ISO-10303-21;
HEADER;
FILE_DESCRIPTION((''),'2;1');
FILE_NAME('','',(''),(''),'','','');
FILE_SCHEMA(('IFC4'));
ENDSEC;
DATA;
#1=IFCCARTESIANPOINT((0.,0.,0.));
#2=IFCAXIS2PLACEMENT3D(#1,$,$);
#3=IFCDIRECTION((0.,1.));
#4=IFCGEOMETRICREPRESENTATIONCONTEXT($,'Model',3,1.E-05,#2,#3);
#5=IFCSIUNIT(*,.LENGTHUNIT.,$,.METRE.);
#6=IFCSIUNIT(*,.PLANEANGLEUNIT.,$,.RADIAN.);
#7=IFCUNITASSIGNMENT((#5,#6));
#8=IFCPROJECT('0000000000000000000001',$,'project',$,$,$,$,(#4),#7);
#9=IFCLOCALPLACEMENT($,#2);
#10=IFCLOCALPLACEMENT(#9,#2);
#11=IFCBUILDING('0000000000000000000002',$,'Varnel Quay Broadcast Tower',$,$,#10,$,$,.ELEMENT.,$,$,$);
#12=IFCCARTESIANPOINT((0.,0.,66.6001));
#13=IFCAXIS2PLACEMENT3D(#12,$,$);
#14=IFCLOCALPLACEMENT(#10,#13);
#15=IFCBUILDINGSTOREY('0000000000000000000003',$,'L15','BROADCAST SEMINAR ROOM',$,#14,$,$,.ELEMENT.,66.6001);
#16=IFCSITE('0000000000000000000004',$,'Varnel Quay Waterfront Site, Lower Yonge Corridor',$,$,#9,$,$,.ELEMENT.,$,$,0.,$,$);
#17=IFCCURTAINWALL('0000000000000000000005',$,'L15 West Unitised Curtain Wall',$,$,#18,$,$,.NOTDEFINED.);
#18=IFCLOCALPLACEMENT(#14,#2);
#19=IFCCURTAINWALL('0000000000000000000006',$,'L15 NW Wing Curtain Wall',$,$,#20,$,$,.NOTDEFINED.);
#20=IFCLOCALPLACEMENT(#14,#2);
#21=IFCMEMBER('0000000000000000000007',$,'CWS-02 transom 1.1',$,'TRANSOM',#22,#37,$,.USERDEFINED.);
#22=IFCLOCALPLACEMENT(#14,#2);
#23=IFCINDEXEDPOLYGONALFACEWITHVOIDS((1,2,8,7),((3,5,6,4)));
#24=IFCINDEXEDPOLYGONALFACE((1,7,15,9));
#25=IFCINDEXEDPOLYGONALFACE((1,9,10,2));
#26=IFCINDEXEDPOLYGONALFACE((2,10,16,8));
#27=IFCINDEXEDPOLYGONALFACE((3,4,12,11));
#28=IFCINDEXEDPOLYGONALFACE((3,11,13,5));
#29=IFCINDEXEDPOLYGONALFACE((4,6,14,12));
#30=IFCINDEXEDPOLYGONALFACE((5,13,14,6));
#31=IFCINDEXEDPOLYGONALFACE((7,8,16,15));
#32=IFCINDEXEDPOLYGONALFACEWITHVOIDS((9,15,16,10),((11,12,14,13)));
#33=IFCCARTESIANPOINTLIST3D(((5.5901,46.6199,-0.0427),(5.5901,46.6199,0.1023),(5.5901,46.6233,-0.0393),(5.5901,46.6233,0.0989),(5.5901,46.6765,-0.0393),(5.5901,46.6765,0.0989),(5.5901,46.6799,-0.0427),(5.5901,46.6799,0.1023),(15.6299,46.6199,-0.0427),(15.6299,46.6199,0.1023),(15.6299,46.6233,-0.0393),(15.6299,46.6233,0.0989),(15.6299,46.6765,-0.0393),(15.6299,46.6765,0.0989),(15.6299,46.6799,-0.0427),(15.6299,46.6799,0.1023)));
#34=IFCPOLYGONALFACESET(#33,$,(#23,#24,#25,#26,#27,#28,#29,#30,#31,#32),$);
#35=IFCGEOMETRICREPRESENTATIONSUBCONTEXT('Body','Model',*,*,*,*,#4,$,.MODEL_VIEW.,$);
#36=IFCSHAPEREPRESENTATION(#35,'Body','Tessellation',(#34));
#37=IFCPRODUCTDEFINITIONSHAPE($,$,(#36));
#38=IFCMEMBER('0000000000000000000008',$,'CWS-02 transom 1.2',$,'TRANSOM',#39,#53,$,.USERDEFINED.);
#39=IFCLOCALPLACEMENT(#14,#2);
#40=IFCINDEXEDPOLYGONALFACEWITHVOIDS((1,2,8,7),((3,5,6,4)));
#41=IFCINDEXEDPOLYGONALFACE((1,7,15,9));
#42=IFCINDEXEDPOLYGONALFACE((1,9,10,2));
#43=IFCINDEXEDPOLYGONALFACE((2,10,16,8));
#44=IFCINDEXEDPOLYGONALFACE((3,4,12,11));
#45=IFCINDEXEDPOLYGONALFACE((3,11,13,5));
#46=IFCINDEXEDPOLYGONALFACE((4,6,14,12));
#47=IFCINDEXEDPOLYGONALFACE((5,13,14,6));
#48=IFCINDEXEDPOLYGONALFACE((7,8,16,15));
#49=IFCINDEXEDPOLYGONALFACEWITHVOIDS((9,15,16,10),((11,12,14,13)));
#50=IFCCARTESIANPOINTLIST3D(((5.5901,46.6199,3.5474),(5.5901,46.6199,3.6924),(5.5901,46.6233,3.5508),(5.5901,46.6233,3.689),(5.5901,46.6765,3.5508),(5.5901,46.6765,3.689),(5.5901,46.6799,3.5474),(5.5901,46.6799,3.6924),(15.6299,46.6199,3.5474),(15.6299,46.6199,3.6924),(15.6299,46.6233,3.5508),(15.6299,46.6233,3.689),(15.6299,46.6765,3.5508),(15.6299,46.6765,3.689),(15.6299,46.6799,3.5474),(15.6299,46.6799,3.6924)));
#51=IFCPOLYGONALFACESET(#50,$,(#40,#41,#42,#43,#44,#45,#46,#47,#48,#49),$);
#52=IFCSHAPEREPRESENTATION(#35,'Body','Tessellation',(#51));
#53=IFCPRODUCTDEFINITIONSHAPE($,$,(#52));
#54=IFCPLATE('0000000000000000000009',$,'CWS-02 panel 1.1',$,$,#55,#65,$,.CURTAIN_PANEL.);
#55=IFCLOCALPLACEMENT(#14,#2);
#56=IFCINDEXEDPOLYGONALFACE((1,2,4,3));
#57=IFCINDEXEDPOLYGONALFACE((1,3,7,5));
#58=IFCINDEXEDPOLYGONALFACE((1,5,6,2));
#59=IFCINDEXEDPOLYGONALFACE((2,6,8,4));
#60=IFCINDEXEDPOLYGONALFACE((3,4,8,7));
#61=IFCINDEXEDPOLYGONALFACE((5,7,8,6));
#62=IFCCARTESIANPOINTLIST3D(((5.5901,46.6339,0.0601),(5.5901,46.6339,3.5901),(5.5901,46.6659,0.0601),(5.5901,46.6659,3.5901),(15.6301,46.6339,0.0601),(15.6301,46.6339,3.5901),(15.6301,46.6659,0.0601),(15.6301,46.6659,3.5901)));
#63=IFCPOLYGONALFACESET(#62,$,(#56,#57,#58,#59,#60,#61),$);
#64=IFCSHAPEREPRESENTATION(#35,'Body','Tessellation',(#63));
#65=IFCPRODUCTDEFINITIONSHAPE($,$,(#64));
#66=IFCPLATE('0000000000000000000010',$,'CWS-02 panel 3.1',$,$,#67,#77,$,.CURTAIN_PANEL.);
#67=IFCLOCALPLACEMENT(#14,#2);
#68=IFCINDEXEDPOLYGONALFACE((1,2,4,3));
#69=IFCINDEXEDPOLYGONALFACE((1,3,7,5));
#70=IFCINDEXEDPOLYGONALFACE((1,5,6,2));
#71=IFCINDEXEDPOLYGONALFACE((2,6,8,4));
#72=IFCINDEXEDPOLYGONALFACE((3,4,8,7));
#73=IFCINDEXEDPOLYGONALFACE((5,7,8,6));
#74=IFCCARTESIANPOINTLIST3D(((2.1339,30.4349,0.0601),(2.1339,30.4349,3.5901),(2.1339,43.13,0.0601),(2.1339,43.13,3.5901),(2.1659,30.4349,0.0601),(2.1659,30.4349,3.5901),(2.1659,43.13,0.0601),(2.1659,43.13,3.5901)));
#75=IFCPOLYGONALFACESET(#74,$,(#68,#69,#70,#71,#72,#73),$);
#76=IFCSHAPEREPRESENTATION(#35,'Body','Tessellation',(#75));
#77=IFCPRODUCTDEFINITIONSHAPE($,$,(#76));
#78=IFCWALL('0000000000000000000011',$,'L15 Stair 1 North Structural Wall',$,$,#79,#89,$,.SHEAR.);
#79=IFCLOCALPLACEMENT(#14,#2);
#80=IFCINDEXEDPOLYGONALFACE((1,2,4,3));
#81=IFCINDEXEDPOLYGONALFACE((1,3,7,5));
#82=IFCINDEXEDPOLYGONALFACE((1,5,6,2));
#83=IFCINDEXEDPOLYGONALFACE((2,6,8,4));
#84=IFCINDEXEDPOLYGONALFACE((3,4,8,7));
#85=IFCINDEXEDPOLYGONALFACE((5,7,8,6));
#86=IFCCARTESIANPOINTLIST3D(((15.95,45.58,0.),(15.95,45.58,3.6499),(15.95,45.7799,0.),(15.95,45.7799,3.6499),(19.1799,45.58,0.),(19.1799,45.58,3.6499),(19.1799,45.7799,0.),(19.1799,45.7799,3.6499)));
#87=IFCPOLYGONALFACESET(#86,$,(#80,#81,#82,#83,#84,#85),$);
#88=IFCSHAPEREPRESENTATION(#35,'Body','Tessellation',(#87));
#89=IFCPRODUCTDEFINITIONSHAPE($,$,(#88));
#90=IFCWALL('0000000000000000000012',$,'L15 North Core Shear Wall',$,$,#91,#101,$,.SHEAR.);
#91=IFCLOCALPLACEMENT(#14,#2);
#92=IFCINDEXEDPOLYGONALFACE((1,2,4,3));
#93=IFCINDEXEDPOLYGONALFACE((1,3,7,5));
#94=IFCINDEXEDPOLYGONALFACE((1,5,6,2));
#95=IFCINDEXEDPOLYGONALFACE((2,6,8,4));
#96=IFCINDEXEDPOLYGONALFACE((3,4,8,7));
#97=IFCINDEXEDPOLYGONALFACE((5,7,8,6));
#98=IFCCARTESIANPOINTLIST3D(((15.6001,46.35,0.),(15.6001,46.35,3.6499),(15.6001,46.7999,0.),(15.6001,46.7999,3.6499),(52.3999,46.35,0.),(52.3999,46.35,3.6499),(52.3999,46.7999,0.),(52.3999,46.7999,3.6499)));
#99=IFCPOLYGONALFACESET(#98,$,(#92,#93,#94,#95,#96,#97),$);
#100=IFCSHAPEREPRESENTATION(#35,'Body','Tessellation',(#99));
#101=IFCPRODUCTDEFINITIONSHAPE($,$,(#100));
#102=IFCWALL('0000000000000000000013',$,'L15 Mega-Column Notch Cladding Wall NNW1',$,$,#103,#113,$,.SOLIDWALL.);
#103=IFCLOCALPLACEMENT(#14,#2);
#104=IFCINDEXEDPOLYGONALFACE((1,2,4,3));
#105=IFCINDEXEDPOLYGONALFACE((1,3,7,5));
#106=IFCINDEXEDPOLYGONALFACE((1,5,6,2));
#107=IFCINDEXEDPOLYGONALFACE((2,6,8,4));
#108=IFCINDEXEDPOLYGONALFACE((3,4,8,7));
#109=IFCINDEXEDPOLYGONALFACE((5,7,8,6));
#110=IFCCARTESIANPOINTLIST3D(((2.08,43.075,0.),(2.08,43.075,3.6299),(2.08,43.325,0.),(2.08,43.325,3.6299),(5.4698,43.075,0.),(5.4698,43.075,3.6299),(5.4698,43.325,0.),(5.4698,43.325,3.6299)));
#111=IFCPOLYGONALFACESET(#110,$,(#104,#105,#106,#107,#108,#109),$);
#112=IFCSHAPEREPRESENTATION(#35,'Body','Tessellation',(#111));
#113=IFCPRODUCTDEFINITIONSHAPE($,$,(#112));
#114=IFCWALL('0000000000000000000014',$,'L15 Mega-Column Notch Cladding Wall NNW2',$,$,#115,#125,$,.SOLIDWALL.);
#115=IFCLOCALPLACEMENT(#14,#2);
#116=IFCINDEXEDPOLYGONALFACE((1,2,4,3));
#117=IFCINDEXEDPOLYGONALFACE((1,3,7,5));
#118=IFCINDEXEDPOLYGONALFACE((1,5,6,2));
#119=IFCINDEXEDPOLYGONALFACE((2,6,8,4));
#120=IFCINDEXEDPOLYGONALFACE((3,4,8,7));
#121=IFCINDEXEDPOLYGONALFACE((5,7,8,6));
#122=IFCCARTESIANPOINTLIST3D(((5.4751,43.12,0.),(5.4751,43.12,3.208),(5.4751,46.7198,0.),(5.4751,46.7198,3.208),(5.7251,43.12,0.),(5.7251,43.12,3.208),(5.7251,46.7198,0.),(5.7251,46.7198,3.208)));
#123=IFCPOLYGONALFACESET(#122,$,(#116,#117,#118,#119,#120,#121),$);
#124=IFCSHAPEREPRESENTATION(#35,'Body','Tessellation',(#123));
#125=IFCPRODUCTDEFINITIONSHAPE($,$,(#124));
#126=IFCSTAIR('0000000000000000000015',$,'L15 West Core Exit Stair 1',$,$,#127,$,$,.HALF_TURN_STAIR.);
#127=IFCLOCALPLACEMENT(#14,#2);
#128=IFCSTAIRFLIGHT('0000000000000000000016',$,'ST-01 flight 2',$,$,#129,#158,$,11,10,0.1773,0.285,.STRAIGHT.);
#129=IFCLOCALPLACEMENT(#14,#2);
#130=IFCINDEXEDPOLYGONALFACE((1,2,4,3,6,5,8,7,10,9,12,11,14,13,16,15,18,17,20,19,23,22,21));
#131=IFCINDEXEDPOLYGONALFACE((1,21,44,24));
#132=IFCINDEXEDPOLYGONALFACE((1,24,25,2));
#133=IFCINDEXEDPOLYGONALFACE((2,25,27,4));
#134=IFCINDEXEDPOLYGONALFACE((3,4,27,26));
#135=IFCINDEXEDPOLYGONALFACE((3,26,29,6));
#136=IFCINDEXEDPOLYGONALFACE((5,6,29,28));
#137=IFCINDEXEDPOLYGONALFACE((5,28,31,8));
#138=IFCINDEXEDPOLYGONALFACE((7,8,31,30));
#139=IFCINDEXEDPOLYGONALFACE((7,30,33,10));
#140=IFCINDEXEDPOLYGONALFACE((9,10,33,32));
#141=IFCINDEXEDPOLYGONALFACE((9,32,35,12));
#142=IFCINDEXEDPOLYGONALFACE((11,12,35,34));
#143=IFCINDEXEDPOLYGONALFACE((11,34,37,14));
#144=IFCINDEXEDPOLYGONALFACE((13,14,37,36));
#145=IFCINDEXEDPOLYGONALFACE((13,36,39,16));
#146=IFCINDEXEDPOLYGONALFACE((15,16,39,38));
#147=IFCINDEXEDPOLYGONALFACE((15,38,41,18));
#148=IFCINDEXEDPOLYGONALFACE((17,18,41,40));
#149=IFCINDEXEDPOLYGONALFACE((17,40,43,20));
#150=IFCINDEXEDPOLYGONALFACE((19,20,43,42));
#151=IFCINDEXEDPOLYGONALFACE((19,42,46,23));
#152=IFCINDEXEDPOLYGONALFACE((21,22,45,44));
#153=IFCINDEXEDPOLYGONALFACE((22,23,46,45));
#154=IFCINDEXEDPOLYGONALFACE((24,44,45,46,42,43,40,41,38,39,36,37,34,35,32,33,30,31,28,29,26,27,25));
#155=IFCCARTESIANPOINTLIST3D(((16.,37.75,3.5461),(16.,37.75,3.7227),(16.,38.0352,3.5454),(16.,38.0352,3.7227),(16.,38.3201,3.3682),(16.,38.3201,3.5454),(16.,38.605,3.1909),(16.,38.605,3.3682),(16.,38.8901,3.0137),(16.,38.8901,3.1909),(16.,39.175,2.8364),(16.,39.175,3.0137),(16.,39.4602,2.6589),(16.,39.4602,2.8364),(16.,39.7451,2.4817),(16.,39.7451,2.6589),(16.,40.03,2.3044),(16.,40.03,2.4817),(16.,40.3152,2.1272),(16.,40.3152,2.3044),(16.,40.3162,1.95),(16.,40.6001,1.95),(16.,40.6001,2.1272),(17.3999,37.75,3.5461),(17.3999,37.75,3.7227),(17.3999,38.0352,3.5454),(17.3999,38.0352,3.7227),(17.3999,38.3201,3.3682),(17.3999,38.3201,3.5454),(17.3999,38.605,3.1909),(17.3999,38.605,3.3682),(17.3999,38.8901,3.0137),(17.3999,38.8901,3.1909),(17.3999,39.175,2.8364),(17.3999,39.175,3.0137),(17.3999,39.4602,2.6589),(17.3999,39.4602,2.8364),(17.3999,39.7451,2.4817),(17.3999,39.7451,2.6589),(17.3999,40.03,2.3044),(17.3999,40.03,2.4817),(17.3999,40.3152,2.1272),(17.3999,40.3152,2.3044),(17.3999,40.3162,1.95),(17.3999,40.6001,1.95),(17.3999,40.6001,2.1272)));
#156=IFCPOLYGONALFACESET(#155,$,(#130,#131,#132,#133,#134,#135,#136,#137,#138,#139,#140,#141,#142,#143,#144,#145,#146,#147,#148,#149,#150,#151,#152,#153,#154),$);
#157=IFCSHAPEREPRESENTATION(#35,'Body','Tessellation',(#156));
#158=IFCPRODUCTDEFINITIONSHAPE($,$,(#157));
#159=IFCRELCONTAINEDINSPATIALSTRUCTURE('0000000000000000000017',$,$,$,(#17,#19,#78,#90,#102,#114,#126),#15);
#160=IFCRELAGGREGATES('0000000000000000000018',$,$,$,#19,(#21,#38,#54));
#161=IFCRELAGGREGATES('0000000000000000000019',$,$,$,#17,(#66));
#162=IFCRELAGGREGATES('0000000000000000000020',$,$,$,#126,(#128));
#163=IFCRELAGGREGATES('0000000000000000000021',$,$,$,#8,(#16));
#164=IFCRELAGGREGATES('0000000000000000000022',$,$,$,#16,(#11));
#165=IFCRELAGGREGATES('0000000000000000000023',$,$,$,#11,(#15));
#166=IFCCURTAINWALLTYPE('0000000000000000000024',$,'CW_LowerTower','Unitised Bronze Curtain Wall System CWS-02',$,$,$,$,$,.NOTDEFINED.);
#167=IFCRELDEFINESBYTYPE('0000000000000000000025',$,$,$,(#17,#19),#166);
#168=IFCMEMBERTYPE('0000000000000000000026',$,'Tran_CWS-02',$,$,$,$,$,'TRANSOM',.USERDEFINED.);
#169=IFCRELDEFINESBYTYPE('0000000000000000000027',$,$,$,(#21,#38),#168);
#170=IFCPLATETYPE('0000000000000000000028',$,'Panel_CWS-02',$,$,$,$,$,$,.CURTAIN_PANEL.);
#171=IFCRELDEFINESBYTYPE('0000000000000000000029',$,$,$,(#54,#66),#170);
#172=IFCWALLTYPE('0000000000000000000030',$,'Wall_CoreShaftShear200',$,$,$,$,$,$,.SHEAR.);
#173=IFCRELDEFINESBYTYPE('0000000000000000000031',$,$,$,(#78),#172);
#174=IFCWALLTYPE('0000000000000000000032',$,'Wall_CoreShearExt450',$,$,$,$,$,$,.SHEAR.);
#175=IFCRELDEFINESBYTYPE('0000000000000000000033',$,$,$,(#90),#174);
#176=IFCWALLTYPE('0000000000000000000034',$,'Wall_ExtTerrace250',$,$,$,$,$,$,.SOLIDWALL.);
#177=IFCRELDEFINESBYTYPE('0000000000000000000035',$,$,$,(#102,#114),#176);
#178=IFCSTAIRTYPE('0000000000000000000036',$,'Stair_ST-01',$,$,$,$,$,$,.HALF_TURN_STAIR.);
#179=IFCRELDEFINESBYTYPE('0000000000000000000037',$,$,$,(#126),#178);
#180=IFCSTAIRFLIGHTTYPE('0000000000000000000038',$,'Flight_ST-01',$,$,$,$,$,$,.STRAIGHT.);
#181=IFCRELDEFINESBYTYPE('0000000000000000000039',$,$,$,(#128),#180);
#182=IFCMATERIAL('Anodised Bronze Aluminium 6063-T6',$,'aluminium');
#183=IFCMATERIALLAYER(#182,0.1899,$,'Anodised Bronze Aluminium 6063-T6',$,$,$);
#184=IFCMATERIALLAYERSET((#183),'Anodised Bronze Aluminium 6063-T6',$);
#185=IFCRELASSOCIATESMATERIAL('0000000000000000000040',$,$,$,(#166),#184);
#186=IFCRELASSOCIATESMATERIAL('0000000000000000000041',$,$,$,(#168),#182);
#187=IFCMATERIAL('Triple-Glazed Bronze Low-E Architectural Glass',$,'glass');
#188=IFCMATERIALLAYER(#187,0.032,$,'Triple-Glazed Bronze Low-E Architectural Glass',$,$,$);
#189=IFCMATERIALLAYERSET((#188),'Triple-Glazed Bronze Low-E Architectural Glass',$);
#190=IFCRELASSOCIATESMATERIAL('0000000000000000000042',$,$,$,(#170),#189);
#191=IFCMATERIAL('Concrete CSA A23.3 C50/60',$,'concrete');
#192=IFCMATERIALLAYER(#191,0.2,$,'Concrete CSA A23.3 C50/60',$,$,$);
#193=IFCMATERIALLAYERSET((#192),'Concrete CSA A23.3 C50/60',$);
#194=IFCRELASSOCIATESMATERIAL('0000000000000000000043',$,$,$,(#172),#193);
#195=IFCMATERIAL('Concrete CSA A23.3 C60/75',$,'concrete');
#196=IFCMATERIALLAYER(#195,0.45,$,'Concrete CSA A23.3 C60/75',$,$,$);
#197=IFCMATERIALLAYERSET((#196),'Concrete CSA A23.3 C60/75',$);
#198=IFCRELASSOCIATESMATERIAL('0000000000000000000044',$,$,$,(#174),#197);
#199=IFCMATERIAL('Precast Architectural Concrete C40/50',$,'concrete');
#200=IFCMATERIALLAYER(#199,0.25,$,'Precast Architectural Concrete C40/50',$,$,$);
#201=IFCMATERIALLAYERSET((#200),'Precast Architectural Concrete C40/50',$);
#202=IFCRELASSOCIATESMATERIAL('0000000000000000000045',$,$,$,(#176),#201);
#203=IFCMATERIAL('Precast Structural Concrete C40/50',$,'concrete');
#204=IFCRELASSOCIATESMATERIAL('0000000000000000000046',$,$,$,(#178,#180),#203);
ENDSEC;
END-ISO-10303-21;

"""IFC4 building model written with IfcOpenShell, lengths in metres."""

from ifc_helpers import new_model, si_unit, direction, frame, frame_2d, origin, origin_2d, place, context, subcontext, project, spatial, polyline, rectangle, hollow_rectangle, outline, extrude, source, transform, mapped, material, layer, layer_set, material_profile, profile_set, type_object, type_shapes, element, aggregate, save


model = new_model("IFC4")

# Units and contexts
model_context = context("Model", 3, precision=1e-05, world=origin(), true_north=direction((0.0, 1.0)))
body_context = subcontext(model_context, "Body", "Model", "MODEL_VIEW")
ifc_project = project(units=[si_unit("LENGTHUNIT", "METRE"), si_unit("PLANEANGLEUNIT", "RADIAN")], contexts=[model_context])

# Site, building, storey
site_placement = place(None, origin())
site = spatial("IfcSite", under=ifc_project, at=site_placement, Name="Varnel Quay Waterfront Site, Lower Yonge Corridor", CompositionType="ELEMENT", RefElevation=0.0)
building_placement = place(site_placement, origin())
building = spatial("IfcBuilding", under=site, at=building_placement, Name="Varnel Quay Broadcast Tower", CompositionType="ELEMENT")
storey_placement = place(building_placement, frame((0.0, 0.0, 66.6001)))
storey = spatial("IfcBuildingStorey", under=building, at=storey_placement, Name="L15", Description="BROADCAST SEMINAR ROOM", CompositionType="ELEMENT", Elevation=66.6001)

# Curtain wall
ifc_material_1 = material(Name="Anodised Bronze Aluminium 6063-T6", Category="aluminium")
ifc_layer_1 = layer(ifc_material_1, 0.1899, Name="Anodised Bronze Aluminium 6063-T6")
ifc_layer_set_1 = layer_set([ifc_layer_1], Name="Anodised Bronze Aluminium 6063-T6")
curtain_wall_type = type_object("IfcCurtainWallType", Name="CW_LowerTower", Description="Unitised Bronze Curtain Wall System CWS-02", PredefinedType="NOTDEFINED", material=ifc_layer_set_1)
curtain_wall_1_placement = place(storey_placement, origin())
curtain_wall_1 = element("IfcCurtainWall", 1, at=curtain_wall_1_placement, inside=storey, type_object=curtain_wall_type, Name="L15 West Unitised Curtain Wall", PredefinedType="NOTDEFINED")

# Curtain wall, members, plate
curtain_wall_2_placement = place(storey_placement, origin())
curtain_wall_2 = element("IfcCurtainWall", 2, at=curtain_wall_2_placement, inside=storey, type_object=curtain_wall_type, Name="L15 NW Wing Curtain Wall", PredefinedType="NOTDEFINED")
ifc_material_profile_1 = material_profile(ifc_material_1, hollow_rectangle(XDim=0.0601, YDim=0.145, WallThickness=0.0034, at=origin_2d()), Name="ALU60X145X3.5")
ifc_profile_set_1 = profile_set([ifc_material_profile_1], Name="Anodised Bronze Aluminium 6063-T6")
member_type_1 = type_object("IfcMemberType", Name="Tran_CWS-02", ElementType="TRANSOM", PredefinedType="USERDEFINED", material=ifc_profile_set_1)
shared_shape_1 = source(origin(), body_context, "Body", "SweptSolid", [
    extrude(hollow_rectangle(XDim=0.0601, YDim=0.145, WallThickness=0.0034, at=origin_2d()), origin(), (0.0, 0.0, 1.0), 10.0398),
])
type_shapes(member_type_1, [shared_shape_1])
member_1_placement = place(storey_placement, frame((5.5901, 46.6499, 0.0298), z_axis=(1.0, 0.0, 0.0), x_axis=(0.0, 1.0, 0.0)))
member_1 = element("IfcMember", 3, at=member_1_placement, type_object=member_type_1, Name="CWS-02 transom 1.1", ObjectType="TRANSOM", PredefinedType="USERDEFINED", context=body_context, shape_type="MappedRepresentation", body=[
    mapped(shared_shape_1, transform((0.0, 0.0, 0.0), x_axis=(1.0, 0.0, 0.0), y_axis=(0.0, 1.0, 0.0), z_axis=(0.0, 0.0, 1.0), scale=1.0)),
])
member_2_placement = place(storey_placement, frame((5.5901, 46.6499, 3.6199), z_axis=(1.0, 0.0, 0.0), x_axis=(0.0, 1.0, 0.0)))
member_2 = element("IfcMember", 4, at=member_2_placement, type_object=member_type_1, Name="CWS-02 transom 1.2", ObjectType="TRANSOM", PredefinedType="USERDEFINED", context=body_context, shape_type="MappedRepresentation", body=[
    mapped(shared_shape_1, transform((0.0, 0.0, 0.0), x_axis=(1.0, 0.0, 0.0), y_axis=(0.0, 1.0, 0.0), z_axis=(0.0, 0.0, 1.0), scale=1.0)),
])
ifc_material_2 = material(Name="Triple-Glazed Bronze Low-E Architectural Glass", Category="glass")
ifc_layer_2 = layer(ifc_material_2, 0.032, Name="Triple-Glazed Bronze Low-E Architectural Glass")
ifc_layer_set_2 = layer_set([ifc_layer_2], Name="Triple-Glazed Bronze Low-E Architectural Glass")
plate_type = type_object("IfcPlateType", Name="Panel_CWS-02", PredefinedType="CURTAIN_PANEL", material=ifc_layer_set_2)
shared_shape_2 = source(origin(), body_context, "Body", "SweptSolid", [
    extrude(rectangle(XDim=10.04, YDim=0.032, at=origin_2d()), origin(), (0.0, 0.0, 1.0), 3.53),
])
plate_1_placement = place(storey_placement, frame((10.6101, 46.6499, 0.0601), z_axis=(0.0, 0.0, 1.0), x_axis=(1.0, 0.0, 0.0)))
plate_1 = element("IfcPlate", 5, at=plate_1_placement, type_object=plate_type, Name="CWS-02 panel 1.1", PredefinedType="CURTAIN_PANEL", context=body_context, shape_type="MappedRepresentation", body=[
    mapped(shared_shape_2, transform((0.0, 0.0, 0.0), x_axis=(1.0, 0.0, 0.0), y_axis=(0.0, 1.0, 0.0), z_axis=(0.0, 0.0, 1.0), scale=1.0)),
])
aggregate(curtain_wall_2, [member_1, member_2, plate_1])

# Plate
shared_shape_3 = source(origin(), body_context, "Body", "SweptSolid", [
    extrude(rectangle(XDim=12.6951, YDim=0.032, at=origin_2d()), origin(), (0.0, 0.0, 1.0), 3.53),
])
type_shapes(plate_type, [shared_shape_2, shared_shape_3])
plate_2_placement = place(storey_placement, frame((2.1499, 36.7825, 0.0601), z_axis=(0.0, 0.0, 1.0), x_axis=(0.0, 1.0, 0.0)))
plate_2 = element("IfcPlate", 6, at=plate_2_placement, type_object=plate_type, Name="CWS-02 panel 3.1", PredefinedType="CURTAIN_PANEL", context=body_context, shape_type="MappedRepresentation", body=[
    mapped(shared_shape_3, transform((0.0, 0.0, 0.0), x_axis=(1.0, 0.0, 0.0), y_axis=(0.0, 1.0, 0.0), z_axis=(0.0, 0.0, 1.0), scale=1.0)),
])
aggregate(curtain_wall_1, [plate_2])

# Walls
ifc_material_3 = material(Name="Concrete CSA A23.3 C50/60", Category="concrete")
ifc_layer_3 = layer(ifc_material_3, 0.2, Name="Concrete CSA A23.3 C50/60")
ifc_layer_set_3 = layer_set([ifc_layer_3], Name="Concrete CSA A23.3 C50/60")
wall_type_1 = type_object("IfcWallType", Name="Wall_CoreShaftShear200", PredefinedType="SHEAR", material=ifc_layer_set_3)
wall_1_placement = place(storey_placement, frame((15.95, 45.6799, 0.0), z_axis=(0.0, 0.0, 1.0), x_axis=(1.0, 0.0, 0.0)))
element("IfcWall", 7, at=wall_1_placement, inside=storey, type_object=wall_type_1, Name="L15 Stair 1 North Structural Wall", PredefinedType="SHEAR", context=body_context, shape_type="SweptSolid", body=[
    extrude(rectangle(XDim=3.23, YDim=0.2, at=frame_2d((1.615, 0.0))), origin(), (0.0, 0.0, 1.0), 3.6499),
])
ifc_material_4 = material(Name="Concrete CSA A23.3 C60/75", Category="concrete")
ifc_layer_4 = layer(ifc_material_4, 0.45, Name="Concrete CSA A23.3 C60/75")
ifc_layer_set_4 = layer_set([ifc_layer_4], Name="Concrete CSA A23.3 C60/75")
wall_type_2 = type_object("IfcWallType", Name="Wall_CoreShearExt450", PredefinedType="SHEAR", material=ifc_layer_set_4)
wall_2_placement = place(storey_placement, frame((15.6001, 46.575, 0.0), z_axis=(0.0, 0.0, 1.0), x_axis=(1.0, 0.0, 0.0)))
element("IfcWall", 8, at=wall_2_placement, inside=storey, type_object=wall_type_2, Name="L15 North Core Shear Wall", PredefinedType="SHEAR", context=body_context, shape_type="SweptSolid", body=[
    extrude(rectangle(XDim=36.7998, YDim=0.45, at=frame_2d((18.3999, 0.0))), origin(), (0.0, 0.0, 1.0), 3.6499),
])
ifc_material_5 = material(Name="Precast Architectural Concrete C40/50", Category="concrete")
ifc_layer_5 = layer(ifc_material_5, 0.25, Name="Precast Architectural Concrete C40/50")
ifc_layer_set_5 = layer_set([ifc_layer_5], Name="Precast Architectural Concrete C40/50")
wall_type_3 = type_object("IfcWallType", Name="Wall_ExtTerrace250", PredefinedType="SOLIDWALL", material=ifc_layer_set_5)
wall_3_placement = place(storey_placement, frame((2.0801, 43.2, 0.0), z_axis=(0.0, 0.0, 1.0), x_axis=(1.0, 0.0, 0.0)))
element("IfcWall", 9, at=wall_3_placement, inside=storey, type_object=wall_type_3, Name="L15 Mega-Column Notch Cladding Wall NNW1", PredefinedType="SOLIDWALL", context=body_context, shape_type="SweptSolid", body=[
    extrude(rectangle(XDim=3.3899, YDim=0.25, at=frame_2d((1.6948, 0.0))), origin(), (0.0, 0.0, 1.0), 3.6299),
])
wall_4_placement = place(storey_placement, frame((5.6001, 43.1201, 0.0), z_axis=(0.0, 0.0, 1.0), x_axis=(0.0, 1.0, 0.0)))
element("IfcWall", 10, at=wall_4_placement, inside=storey, type_object=wall_type_3, Name="L15 Mega-Column Notch Cladding Wall NNW2", PredefinedType="SOLIDWALL", context=body_context, shape_type="SweptSolid", body=[
    extrude(rectangle(XDim=3.5999, YDim=0.25, at=frame_2d((1.7998, 0.0))), origin(), (0.0, 0.0, 1.0), 3.208),
])

# Stair, stair flight
ifc_material_6 = material(Name="Precast Structural Concrete C40/50", Category="concrete")
stair_type = type_object("IfcStairType", Name="Stair_ST-01", PredefinedType="HALF_TURN_STAIR", material=ifc_material_6)
stair_placement = place(storey_placement, origin())
stair = element("IfcStair", 11, at=stair_placement, inside=storey, type_object=stair_type, Name="L15 West Core Exit Stair 1", PredefinedType="HALF_TURN_STAIR")
stair_flight_type = type_object("IfcStairFlightType", Name="Flight_ST-01", PredefinedType="STRAIGHT", material=ifc_material_6)
stair_flight_placement = place(storey_placement, frame((16.7, 40.6001, 1.95), z_axis=(0.0, 0.0, 1.0), x_axis=(0.0, -1.0, 0.0)))
stair_flight = element("IfcStairFlight", 12, at=stair_flight_placement, type_object=stair_flight_type, Name="ST-01 flight 2", NumberOfRisers=11, NumberOfTreads=10, PredefinedType="STRAIGHT", RiserHeight=0.1773, TreadLength=0.285, context=body_context, shape_type="SweptSolid", body=[
    extrude(outline(polyline([(0.0, 0.0), (0.0, 0.1772), (0.2849, 0.1772), (0.2849, 0.3545), (0.5701, 0.3545), (0.5701, 0.5317), (0.855, 0.5317), (0.855, 0.709), (1.1399, 0.709), (1.1399, 0.8865), (1.425, 0.8865), (1.425, 1.0637), (1.71, 1.0637), (1.71, 1.241), (1.9951, 1.241), (1.9951, 1.4182), (2.28, 1.4182), (2.28, 1.5955), (2.5649, 1.5955), (2.5649, 1.7727), (2.8501, 1.7727), (2.8501, 1.95), (2.8501, 1.5962), (0.2839, 0.0), (0.0, 0.0)])), frame((0.0, 0.7, 0.0), z_axis=(0.0, -1.0, 0.0), x_axis=(1.0, 0.0, 0.0)), (0.0, 0.0, 1.0), 1.3999),
])
aggregate(stair, [stair_flight])

save(model, "model.ifc")
